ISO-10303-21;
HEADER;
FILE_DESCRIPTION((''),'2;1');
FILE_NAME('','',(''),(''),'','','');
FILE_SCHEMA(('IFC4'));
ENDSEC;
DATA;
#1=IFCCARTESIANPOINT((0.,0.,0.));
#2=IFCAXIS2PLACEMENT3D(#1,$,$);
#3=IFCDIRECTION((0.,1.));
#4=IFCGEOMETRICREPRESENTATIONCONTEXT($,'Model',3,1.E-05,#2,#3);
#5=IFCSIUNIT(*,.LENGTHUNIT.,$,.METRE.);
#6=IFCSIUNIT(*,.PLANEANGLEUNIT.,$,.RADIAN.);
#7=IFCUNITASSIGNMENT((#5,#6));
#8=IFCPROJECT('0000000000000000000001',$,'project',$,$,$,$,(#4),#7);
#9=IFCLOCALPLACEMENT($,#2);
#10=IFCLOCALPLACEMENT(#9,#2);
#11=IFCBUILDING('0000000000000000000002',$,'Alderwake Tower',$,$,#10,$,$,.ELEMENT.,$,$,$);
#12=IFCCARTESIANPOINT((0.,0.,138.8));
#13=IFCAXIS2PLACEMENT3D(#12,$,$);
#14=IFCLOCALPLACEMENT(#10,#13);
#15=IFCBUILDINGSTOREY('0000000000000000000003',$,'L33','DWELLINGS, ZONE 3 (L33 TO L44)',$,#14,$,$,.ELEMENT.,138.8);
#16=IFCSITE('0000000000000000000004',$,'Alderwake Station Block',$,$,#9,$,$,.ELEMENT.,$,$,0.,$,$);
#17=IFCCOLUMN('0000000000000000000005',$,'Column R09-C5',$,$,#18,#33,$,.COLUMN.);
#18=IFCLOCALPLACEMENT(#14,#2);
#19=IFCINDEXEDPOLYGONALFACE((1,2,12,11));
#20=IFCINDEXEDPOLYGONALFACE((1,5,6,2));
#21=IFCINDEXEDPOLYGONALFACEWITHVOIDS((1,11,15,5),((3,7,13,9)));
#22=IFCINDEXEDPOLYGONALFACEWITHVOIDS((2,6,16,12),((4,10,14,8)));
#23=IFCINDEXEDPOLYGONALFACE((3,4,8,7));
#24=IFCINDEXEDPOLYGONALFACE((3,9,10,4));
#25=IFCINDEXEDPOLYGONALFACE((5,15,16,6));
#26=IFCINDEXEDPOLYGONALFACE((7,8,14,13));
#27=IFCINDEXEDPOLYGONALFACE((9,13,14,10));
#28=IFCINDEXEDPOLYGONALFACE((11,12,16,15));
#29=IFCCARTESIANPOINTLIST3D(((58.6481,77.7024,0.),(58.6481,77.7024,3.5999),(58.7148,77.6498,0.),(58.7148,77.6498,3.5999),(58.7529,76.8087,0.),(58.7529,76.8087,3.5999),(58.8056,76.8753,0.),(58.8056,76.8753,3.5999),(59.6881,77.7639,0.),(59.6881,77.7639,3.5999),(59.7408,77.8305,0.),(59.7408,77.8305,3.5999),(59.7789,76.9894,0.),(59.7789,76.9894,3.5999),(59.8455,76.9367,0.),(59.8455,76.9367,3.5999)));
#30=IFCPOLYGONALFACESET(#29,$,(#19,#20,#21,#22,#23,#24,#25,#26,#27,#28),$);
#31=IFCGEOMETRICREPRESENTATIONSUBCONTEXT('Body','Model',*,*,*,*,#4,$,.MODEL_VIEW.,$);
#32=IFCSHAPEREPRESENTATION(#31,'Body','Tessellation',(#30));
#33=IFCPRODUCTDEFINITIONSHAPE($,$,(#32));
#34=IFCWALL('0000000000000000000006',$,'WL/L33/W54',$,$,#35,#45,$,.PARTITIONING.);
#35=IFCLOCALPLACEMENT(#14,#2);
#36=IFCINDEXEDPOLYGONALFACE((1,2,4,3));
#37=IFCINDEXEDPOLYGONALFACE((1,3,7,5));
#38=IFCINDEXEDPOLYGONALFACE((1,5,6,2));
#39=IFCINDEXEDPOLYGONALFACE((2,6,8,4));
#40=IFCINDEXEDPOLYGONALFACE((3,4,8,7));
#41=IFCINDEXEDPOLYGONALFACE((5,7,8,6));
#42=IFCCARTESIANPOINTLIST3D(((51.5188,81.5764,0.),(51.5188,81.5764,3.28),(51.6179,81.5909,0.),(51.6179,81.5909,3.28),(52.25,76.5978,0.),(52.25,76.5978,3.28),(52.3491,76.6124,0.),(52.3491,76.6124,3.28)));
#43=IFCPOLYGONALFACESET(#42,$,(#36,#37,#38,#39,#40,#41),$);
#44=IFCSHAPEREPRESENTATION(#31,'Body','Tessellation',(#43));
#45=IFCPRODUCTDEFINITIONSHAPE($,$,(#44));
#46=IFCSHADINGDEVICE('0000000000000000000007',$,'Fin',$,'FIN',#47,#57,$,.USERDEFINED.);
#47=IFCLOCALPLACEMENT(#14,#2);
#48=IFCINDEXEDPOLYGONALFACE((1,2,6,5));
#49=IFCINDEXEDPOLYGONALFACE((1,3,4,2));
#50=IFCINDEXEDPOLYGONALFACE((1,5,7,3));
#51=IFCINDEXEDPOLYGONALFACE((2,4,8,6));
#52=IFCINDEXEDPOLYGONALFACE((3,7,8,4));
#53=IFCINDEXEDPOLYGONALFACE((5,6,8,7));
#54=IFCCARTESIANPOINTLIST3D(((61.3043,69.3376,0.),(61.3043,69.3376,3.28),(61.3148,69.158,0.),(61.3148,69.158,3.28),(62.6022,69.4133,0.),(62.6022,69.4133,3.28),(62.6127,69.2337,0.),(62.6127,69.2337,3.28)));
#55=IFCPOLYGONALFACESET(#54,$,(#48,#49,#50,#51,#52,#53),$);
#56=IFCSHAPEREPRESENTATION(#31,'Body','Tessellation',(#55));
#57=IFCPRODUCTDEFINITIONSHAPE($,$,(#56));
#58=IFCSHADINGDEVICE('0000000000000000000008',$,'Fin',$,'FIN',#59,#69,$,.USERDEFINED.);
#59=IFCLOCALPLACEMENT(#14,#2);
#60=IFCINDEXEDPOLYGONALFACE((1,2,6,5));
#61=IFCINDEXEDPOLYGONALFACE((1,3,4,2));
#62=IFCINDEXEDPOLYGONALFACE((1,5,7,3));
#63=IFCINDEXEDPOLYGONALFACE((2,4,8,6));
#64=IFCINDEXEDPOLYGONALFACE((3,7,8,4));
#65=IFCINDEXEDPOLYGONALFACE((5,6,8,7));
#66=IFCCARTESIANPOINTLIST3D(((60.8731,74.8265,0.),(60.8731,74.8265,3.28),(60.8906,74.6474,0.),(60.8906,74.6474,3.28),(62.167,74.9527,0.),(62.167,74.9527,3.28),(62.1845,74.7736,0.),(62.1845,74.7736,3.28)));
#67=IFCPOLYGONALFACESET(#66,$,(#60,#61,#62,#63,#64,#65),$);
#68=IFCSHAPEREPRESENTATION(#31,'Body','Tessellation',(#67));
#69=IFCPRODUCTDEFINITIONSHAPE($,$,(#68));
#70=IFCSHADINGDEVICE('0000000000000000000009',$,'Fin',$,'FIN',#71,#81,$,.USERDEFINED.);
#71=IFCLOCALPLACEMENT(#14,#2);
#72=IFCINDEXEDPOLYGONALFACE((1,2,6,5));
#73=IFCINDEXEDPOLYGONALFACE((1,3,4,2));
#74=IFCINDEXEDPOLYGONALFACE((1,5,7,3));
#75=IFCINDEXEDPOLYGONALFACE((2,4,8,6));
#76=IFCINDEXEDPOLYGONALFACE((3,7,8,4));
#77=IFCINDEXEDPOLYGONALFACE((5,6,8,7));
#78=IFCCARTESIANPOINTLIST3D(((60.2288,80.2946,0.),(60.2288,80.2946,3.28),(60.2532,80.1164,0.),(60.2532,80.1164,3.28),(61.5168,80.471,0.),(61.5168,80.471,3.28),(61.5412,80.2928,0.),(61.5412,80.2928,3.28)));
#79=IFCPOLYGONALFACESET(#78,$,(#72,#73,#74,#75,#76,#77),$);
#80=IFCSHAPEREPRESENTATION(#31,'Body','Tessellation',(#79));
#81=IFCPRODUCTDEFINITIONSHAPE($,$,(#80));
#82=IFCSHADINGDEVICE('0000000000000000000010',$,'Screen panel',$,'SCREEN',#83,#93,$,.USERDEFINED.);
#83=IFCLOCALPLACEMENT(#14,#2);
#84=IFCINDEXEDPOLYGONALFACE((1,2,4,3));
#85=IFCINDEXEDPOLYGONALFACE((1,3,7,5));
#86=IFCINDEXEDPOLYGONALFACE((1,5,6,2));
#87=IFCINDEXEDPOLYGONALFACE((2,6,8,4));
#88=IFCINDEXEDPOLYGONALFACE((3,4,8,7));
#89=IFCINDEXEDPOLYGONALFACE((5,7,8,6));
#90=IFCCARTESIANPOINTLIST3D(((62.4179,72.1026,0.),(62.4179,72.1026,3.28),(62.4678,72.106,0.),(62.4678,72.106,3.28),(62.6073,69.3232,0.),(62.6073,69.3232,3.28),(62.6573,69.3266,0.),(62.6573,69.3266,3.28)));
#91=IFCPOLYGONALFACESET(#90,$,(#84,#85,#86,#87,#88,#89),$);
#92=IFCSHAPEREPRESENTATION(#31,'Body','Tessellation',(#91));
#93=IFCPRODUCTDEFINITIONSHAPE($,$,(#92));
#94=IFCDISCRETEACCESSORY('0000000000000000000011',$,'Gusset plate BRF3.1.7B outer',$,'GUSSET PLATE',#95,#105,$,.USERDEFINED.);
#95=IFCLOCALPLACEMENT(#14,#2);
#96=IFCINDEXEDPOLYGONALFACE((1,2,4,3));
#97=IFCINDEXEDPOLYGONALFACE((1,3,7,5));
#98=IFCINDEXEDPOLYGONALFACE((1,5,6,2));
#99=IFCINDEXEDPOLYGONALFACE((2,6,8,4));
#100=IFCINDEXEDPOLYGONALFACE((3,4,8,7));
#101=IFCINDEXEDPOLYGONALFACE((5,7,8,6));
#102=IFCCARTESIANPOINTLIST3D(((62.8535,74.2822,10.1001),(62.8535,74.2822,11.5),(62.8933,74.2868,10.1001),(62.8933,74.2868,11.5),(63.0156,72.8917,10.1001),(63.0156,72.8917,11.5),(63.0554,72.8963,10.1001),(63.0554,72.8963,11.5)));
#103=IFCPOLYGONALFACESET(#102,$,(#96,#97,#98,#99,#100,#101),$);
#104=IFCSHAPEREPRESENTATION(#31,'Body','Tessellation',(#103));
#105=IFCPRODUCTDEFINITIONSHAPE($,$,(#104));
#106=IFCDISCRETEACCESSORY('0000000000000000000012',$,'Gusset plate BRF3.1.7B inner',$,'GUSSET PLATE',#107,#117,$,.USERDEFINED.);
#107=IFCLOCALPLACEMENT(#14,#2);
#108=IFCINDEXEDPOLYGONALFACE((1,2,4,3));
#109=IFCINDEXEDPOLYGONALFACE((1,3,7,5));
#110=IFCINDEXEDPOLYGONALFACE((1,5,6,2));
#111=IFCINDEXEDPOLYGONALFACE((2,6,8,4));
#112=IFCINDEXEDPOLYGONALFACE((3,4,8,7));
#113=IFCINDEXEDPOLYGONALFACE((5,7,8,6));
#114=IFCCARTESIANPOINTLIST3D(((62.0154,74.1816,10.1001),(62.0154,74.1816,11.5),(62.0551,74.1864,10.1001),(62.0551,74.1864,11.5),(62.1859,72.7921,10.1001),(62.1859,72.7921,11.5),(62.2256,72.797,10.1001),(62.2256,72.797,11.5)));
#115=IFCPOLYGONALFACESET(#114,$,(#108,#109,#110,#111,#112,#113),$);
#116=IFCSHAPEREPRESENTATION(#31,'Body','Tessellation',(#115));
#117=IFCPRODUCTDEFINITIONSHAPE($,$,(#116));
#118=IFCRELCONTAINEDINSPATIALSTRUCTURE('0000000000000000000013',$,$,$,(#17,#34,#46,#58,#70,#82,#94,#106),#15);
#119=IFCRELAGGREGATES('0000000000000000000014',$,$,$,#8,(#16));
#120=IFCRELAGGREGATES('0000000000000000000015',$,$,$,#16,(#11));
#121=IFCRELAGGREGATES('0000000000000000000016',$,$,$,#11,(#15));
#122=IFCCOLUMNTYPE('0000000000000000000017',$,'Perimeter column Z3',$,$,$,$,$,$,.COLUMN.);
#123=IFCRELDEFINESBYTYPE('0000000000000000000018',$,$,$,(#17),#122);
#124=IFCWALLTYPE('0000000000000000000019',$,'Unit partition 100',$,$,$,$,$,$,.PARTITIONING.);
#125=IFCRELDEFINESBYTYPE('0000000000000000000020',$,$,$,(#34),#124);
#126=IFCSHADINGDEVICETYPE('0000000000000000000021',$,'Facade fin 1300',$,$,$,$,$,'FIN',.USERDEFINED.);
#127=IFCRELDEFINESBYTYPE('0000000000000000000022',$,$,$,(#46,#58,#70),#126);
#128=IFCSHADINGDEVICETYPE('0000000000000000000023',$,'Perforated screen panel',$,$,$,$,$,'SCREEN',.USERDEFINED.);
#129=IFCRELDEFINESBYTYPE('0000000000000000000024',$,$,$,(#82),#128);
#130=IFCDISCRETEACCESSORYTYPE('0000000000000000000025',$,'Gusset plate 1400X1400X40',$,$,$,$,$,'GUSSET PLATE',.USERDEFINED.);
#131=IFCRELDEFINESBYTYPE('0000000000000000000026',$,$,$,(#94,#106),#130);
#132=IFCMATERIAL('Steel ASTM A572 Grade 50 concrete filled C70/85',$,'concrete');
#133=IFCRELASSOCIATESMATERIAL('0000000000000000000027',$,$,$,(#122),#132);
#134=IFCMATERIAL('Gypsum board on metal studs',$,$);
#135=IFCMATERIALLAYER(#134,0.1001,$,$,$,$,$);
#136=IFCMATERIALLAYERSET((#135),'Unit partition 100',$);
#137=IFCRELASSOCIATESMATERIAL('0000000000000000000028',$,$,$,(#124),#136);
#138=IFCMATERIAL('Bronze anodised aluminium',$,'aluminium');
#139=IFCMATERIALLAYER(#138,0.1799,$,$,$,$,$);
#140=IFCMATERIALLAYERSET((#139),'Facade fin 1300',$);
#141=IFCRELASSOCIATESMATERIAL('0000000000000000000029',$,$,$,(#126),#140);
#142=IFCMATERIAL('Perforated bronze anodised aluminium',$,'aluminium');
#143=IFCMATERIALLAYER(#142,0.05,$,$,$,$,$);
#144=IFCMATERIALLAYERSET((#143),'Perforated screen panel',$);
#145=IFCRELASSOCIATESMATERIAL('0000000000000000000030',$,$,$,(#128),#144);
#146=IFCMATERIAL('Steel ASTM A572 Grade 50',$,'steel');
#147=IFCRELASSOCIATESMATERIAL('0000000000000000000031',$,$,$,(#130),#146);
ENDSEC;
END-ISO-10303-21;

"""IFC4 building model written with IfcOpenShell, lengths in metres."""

from ifc_helpers import new_model, si_unit, direction, frame, frame_2d, origin, origin_2d, place, context, subcontext, project, spatial, rectangle, hollow_rectangle, extrude, material, layer, layer_set, material_profile, profile_set, type_object, element, save


model = new_model("IFC4")

# Units and contexts
model_context = context("Model", 3, precision=1e-05, world=origin(), true_north=direction((0.0, 1.0)))
body_context = subcontext(model_context, "Body", "Model", "MODEL_VIEW")
ifc_project = project(units=[si_unit("LENGTHUNIT", "METRE"), si_unit("PLANEANGLEUNIT", "RADIAN")], contexts=[model_context])

# Site, building, storey
site_placement = place(None, origin())
site = spatial("IfcSite", under=ifc_project, at=site_placement, Name="Alderwake Station Block", CompositionType="ELEMENT", RefElevation=0.0)
building_placement = place(site_placement, origin())
building = spatial("IfcBuilding", under=site, at=building_placement, Name="Alderwake Tower", CompositionType="ELEMENT")
storey_placement = place(building_placement, frame((0.0, 0.0, 138.8)))
storey = spatial("IfcBuildingStorey", under=building, at=storey_placement, Name="L33", Description="DWELLINGS, ZONE 3 (L33 TO L44)", CompositionType="ELEMENT", Elevation=138.8)

# Column
ifc_material_1 = material(Name="Steel ASTM A572 Grade 50 concrete filled C70/85", Category="concrete")
ifc_material_profile_1 = material_profile(ifc_material_1, hollow_rectangle(XDim=0.8999, YDim=1.1001, WallThickness=0.0601, at=origin_2d()), Name="BOX 1100X900X60")
ifc_profile_set_1 = profile_set([ifc_material_profile_1], Name="Steel ASTM A572 Grade 50 concrete filled C70/85")
column_type = type_object("IfcColumnType", Name="Perimeter column Z3", PredefinedType="COLUMN", material=ifc_profile_set_1)
column_placement = place(storey_placement, frame((59.2468, 77.3196, 0.0), z_axis=(0.0, 0.0, 1.0), x_axis=(-0.116402, 0.993202, 0.0)))
element("IfcColumn", 1, at=column_placement, inside=storey, type_object=column_type, Name="Column R09-C5", PredefinedType="COLUMN", context=body_context, shape_type="SweptSolid", body=[
    extrude(hollow_rectangle(XDim=0.8999, YDim=1.1001, WallThickness=0.0601, at=origin_2d()), origin(), (0.0, 0.0, 1.0), 3.5999),
])

# Wall
ifc_material_2 = material(Name="Gypsum board on metal studs")
ifc_layer_1 = layer(ifc_material_2, 0.1001)
ifc_layer_set_1 = layer_set([ifc_layer_1], Name="Unit partition 100")
wall_type_1 = type_object("IfcWallType", Name="Unit partition 100", PredefinedType="PARTITIONING", material=ifc_layer_set_1)
wall_1_placement = place(storey_placement, frame((52.2996, 76.605, 0.0), z_axis=(0.0, 0.0, 1.0), x_axis=(-0.145312, 0.989386, 0.0)))
element("IfcWall", 2, at=wall_1_placement, inside=storey, type_object=wall_type_1, Name="WL/L33/W54", PredefinedType="PARTITIONING", context=body_context, shape_type="SweptSolid", body=[
    extrude(rectangle(XDim=5.032, YDim=0.1001, at=frame_2d((2.5161, 0.0))), origin(), (0.0, 0.0, 1.0), 3.28),
])

# Shading devices
ifc_material_3 = material(Name="Bronze anodised aluminium", Category="aluminium")
ifc_layer_2 = layer(ifc_material_3, 0.1799)
ifc_layer_set_2 = layer_set([ifc_layer_2], Name="Facade fin 1300")
shading_device_type_1 = type_object("IfcShadingDeviceType", Name="Facade fin 1300", ElementType="FIN", PredefinedType="USERDEFINED", material=ifc_layer_set_2)
for number, where, z_axis, x_axis, name in (
    (3, (61.9585, 69.2856, 0.0), (0.0, 0.0, 1.0), (0.998301, 0.058266, 0.0), "Fin"),
    (4, (61.5288, 74.8, 0.0), (0.0, 0.0, 1.0), (0.99528, 0.097046, 0.0), "Fin"),
    (5, (60.885, 80.2937, 0.0), (0.0, 0.0, 1.0), (0.990753, 0.135681, 0.0), "Fin"),
):
    element("IfcShadingDevice", number, at=place(storey_placement, frame(where, z_axis=z_axis, x_axis=x_axis)), inside=storey, type_object=shading_device_type_1, Name=name, ObjectType="FIN", PredefinedType="USERDEFINED", context=body_context, shape_type="SweptSolid", body=[
        extrude(rectangle(XDim=1.3, YDim=0.1799, at=origin_2d()), origin(), (0.0, 0.0, 1.0), 3.28),
    ])
ifc_material_4 = material(Name="Perforated bronze anodised aluminium", Category="aluminium")
ifc_layer_3 = layer(ifc_material_4, 0.05)
ifc_layer_set_3 = layer_set([ifc_layer_3], Name="Perforated screen panel")
shading_device_type_2 = type_object("IfcShadingDeviceType", Name="Perforated screen panel", ElementType="SCREEN", PredefinedType="USERDEFINED", material=ifc_layer_set_3)
shading_device_placement = place(storey_placement, frame((62.5376, 70.7146, 0.0), z_axis=(0.0, 0.0, 1.0), x_axis=(0.997685, 0.067998, 0.0)))
element("IfcShadingDevice", 6, at=shading_device_placement, inside=storey, type_object=shading_device_type_2, Name="Screen panel", ObjectType="SCREEN", PredefinedType="USERDEFINED", context=body_context, shape_type="SweptSolid", body=[
    extrude(rectangle(XDim=0.05, YDim=2.7859, at=origin_2d()), origin(), (0.0, 0.0, 1.0), 3.28),
])

# Discrete accessories
ifc_material_5 = material(Name="Steel ASTM A572 Grade 50", Category="steel")
ifc_material_profile_2 = material_profile(ifc_material_5, rectangle(XDim=1.3999, YDim=1.3999, at=origin_2d()), Name="gusset 1400X1400")
ifc_profile_set_2 = profile_set([ifc_material_profile_2], Name="Steel ASTM A572 Grade 50")
discrete_accessory_type = type_object("IfcDiscreteAccessoryType", Name="Gusset plate 1400X1400X40", ElementType="GUSSET PLATE", PredefinedType="USERDEFINED", material=ifc_profile_set_2)
for number, where, z_axis, x_axis, name in (
    (7, (62.9346, 73.5869, 10.8), (0.993275, 0.115781, 0.0), (-0.115781, 0.993275, 0.0), "Gusset plate BRF3.1.7B outer"),
    (8, (62.1404, 73.4917, 10.8), (-0.992556, -0.121786, 0.0), (0.121786, -0.992556, 0.0), "Gusset plate BRF3.1.7B inner"),
):
    element("IfcDiscreteAccessory", number, at=place(storey_placement, frame(where, z_axis=z_axis, x_axis=x_axis)), inside=storey, type_object=discrete_accessory_type, Name=name, ObjectType="GUSSET PLATE", PredefinedType="USERDEFINED", context=body_context, shape_type="SweptSolid", body=[
        extrude(rectangle(XDim=1.3999, YDim=1.3999, at=origin_2d()), origin(), (0.0, 0.0, 1.0), 0.04),
    ])

save(model, "model.ifc")
